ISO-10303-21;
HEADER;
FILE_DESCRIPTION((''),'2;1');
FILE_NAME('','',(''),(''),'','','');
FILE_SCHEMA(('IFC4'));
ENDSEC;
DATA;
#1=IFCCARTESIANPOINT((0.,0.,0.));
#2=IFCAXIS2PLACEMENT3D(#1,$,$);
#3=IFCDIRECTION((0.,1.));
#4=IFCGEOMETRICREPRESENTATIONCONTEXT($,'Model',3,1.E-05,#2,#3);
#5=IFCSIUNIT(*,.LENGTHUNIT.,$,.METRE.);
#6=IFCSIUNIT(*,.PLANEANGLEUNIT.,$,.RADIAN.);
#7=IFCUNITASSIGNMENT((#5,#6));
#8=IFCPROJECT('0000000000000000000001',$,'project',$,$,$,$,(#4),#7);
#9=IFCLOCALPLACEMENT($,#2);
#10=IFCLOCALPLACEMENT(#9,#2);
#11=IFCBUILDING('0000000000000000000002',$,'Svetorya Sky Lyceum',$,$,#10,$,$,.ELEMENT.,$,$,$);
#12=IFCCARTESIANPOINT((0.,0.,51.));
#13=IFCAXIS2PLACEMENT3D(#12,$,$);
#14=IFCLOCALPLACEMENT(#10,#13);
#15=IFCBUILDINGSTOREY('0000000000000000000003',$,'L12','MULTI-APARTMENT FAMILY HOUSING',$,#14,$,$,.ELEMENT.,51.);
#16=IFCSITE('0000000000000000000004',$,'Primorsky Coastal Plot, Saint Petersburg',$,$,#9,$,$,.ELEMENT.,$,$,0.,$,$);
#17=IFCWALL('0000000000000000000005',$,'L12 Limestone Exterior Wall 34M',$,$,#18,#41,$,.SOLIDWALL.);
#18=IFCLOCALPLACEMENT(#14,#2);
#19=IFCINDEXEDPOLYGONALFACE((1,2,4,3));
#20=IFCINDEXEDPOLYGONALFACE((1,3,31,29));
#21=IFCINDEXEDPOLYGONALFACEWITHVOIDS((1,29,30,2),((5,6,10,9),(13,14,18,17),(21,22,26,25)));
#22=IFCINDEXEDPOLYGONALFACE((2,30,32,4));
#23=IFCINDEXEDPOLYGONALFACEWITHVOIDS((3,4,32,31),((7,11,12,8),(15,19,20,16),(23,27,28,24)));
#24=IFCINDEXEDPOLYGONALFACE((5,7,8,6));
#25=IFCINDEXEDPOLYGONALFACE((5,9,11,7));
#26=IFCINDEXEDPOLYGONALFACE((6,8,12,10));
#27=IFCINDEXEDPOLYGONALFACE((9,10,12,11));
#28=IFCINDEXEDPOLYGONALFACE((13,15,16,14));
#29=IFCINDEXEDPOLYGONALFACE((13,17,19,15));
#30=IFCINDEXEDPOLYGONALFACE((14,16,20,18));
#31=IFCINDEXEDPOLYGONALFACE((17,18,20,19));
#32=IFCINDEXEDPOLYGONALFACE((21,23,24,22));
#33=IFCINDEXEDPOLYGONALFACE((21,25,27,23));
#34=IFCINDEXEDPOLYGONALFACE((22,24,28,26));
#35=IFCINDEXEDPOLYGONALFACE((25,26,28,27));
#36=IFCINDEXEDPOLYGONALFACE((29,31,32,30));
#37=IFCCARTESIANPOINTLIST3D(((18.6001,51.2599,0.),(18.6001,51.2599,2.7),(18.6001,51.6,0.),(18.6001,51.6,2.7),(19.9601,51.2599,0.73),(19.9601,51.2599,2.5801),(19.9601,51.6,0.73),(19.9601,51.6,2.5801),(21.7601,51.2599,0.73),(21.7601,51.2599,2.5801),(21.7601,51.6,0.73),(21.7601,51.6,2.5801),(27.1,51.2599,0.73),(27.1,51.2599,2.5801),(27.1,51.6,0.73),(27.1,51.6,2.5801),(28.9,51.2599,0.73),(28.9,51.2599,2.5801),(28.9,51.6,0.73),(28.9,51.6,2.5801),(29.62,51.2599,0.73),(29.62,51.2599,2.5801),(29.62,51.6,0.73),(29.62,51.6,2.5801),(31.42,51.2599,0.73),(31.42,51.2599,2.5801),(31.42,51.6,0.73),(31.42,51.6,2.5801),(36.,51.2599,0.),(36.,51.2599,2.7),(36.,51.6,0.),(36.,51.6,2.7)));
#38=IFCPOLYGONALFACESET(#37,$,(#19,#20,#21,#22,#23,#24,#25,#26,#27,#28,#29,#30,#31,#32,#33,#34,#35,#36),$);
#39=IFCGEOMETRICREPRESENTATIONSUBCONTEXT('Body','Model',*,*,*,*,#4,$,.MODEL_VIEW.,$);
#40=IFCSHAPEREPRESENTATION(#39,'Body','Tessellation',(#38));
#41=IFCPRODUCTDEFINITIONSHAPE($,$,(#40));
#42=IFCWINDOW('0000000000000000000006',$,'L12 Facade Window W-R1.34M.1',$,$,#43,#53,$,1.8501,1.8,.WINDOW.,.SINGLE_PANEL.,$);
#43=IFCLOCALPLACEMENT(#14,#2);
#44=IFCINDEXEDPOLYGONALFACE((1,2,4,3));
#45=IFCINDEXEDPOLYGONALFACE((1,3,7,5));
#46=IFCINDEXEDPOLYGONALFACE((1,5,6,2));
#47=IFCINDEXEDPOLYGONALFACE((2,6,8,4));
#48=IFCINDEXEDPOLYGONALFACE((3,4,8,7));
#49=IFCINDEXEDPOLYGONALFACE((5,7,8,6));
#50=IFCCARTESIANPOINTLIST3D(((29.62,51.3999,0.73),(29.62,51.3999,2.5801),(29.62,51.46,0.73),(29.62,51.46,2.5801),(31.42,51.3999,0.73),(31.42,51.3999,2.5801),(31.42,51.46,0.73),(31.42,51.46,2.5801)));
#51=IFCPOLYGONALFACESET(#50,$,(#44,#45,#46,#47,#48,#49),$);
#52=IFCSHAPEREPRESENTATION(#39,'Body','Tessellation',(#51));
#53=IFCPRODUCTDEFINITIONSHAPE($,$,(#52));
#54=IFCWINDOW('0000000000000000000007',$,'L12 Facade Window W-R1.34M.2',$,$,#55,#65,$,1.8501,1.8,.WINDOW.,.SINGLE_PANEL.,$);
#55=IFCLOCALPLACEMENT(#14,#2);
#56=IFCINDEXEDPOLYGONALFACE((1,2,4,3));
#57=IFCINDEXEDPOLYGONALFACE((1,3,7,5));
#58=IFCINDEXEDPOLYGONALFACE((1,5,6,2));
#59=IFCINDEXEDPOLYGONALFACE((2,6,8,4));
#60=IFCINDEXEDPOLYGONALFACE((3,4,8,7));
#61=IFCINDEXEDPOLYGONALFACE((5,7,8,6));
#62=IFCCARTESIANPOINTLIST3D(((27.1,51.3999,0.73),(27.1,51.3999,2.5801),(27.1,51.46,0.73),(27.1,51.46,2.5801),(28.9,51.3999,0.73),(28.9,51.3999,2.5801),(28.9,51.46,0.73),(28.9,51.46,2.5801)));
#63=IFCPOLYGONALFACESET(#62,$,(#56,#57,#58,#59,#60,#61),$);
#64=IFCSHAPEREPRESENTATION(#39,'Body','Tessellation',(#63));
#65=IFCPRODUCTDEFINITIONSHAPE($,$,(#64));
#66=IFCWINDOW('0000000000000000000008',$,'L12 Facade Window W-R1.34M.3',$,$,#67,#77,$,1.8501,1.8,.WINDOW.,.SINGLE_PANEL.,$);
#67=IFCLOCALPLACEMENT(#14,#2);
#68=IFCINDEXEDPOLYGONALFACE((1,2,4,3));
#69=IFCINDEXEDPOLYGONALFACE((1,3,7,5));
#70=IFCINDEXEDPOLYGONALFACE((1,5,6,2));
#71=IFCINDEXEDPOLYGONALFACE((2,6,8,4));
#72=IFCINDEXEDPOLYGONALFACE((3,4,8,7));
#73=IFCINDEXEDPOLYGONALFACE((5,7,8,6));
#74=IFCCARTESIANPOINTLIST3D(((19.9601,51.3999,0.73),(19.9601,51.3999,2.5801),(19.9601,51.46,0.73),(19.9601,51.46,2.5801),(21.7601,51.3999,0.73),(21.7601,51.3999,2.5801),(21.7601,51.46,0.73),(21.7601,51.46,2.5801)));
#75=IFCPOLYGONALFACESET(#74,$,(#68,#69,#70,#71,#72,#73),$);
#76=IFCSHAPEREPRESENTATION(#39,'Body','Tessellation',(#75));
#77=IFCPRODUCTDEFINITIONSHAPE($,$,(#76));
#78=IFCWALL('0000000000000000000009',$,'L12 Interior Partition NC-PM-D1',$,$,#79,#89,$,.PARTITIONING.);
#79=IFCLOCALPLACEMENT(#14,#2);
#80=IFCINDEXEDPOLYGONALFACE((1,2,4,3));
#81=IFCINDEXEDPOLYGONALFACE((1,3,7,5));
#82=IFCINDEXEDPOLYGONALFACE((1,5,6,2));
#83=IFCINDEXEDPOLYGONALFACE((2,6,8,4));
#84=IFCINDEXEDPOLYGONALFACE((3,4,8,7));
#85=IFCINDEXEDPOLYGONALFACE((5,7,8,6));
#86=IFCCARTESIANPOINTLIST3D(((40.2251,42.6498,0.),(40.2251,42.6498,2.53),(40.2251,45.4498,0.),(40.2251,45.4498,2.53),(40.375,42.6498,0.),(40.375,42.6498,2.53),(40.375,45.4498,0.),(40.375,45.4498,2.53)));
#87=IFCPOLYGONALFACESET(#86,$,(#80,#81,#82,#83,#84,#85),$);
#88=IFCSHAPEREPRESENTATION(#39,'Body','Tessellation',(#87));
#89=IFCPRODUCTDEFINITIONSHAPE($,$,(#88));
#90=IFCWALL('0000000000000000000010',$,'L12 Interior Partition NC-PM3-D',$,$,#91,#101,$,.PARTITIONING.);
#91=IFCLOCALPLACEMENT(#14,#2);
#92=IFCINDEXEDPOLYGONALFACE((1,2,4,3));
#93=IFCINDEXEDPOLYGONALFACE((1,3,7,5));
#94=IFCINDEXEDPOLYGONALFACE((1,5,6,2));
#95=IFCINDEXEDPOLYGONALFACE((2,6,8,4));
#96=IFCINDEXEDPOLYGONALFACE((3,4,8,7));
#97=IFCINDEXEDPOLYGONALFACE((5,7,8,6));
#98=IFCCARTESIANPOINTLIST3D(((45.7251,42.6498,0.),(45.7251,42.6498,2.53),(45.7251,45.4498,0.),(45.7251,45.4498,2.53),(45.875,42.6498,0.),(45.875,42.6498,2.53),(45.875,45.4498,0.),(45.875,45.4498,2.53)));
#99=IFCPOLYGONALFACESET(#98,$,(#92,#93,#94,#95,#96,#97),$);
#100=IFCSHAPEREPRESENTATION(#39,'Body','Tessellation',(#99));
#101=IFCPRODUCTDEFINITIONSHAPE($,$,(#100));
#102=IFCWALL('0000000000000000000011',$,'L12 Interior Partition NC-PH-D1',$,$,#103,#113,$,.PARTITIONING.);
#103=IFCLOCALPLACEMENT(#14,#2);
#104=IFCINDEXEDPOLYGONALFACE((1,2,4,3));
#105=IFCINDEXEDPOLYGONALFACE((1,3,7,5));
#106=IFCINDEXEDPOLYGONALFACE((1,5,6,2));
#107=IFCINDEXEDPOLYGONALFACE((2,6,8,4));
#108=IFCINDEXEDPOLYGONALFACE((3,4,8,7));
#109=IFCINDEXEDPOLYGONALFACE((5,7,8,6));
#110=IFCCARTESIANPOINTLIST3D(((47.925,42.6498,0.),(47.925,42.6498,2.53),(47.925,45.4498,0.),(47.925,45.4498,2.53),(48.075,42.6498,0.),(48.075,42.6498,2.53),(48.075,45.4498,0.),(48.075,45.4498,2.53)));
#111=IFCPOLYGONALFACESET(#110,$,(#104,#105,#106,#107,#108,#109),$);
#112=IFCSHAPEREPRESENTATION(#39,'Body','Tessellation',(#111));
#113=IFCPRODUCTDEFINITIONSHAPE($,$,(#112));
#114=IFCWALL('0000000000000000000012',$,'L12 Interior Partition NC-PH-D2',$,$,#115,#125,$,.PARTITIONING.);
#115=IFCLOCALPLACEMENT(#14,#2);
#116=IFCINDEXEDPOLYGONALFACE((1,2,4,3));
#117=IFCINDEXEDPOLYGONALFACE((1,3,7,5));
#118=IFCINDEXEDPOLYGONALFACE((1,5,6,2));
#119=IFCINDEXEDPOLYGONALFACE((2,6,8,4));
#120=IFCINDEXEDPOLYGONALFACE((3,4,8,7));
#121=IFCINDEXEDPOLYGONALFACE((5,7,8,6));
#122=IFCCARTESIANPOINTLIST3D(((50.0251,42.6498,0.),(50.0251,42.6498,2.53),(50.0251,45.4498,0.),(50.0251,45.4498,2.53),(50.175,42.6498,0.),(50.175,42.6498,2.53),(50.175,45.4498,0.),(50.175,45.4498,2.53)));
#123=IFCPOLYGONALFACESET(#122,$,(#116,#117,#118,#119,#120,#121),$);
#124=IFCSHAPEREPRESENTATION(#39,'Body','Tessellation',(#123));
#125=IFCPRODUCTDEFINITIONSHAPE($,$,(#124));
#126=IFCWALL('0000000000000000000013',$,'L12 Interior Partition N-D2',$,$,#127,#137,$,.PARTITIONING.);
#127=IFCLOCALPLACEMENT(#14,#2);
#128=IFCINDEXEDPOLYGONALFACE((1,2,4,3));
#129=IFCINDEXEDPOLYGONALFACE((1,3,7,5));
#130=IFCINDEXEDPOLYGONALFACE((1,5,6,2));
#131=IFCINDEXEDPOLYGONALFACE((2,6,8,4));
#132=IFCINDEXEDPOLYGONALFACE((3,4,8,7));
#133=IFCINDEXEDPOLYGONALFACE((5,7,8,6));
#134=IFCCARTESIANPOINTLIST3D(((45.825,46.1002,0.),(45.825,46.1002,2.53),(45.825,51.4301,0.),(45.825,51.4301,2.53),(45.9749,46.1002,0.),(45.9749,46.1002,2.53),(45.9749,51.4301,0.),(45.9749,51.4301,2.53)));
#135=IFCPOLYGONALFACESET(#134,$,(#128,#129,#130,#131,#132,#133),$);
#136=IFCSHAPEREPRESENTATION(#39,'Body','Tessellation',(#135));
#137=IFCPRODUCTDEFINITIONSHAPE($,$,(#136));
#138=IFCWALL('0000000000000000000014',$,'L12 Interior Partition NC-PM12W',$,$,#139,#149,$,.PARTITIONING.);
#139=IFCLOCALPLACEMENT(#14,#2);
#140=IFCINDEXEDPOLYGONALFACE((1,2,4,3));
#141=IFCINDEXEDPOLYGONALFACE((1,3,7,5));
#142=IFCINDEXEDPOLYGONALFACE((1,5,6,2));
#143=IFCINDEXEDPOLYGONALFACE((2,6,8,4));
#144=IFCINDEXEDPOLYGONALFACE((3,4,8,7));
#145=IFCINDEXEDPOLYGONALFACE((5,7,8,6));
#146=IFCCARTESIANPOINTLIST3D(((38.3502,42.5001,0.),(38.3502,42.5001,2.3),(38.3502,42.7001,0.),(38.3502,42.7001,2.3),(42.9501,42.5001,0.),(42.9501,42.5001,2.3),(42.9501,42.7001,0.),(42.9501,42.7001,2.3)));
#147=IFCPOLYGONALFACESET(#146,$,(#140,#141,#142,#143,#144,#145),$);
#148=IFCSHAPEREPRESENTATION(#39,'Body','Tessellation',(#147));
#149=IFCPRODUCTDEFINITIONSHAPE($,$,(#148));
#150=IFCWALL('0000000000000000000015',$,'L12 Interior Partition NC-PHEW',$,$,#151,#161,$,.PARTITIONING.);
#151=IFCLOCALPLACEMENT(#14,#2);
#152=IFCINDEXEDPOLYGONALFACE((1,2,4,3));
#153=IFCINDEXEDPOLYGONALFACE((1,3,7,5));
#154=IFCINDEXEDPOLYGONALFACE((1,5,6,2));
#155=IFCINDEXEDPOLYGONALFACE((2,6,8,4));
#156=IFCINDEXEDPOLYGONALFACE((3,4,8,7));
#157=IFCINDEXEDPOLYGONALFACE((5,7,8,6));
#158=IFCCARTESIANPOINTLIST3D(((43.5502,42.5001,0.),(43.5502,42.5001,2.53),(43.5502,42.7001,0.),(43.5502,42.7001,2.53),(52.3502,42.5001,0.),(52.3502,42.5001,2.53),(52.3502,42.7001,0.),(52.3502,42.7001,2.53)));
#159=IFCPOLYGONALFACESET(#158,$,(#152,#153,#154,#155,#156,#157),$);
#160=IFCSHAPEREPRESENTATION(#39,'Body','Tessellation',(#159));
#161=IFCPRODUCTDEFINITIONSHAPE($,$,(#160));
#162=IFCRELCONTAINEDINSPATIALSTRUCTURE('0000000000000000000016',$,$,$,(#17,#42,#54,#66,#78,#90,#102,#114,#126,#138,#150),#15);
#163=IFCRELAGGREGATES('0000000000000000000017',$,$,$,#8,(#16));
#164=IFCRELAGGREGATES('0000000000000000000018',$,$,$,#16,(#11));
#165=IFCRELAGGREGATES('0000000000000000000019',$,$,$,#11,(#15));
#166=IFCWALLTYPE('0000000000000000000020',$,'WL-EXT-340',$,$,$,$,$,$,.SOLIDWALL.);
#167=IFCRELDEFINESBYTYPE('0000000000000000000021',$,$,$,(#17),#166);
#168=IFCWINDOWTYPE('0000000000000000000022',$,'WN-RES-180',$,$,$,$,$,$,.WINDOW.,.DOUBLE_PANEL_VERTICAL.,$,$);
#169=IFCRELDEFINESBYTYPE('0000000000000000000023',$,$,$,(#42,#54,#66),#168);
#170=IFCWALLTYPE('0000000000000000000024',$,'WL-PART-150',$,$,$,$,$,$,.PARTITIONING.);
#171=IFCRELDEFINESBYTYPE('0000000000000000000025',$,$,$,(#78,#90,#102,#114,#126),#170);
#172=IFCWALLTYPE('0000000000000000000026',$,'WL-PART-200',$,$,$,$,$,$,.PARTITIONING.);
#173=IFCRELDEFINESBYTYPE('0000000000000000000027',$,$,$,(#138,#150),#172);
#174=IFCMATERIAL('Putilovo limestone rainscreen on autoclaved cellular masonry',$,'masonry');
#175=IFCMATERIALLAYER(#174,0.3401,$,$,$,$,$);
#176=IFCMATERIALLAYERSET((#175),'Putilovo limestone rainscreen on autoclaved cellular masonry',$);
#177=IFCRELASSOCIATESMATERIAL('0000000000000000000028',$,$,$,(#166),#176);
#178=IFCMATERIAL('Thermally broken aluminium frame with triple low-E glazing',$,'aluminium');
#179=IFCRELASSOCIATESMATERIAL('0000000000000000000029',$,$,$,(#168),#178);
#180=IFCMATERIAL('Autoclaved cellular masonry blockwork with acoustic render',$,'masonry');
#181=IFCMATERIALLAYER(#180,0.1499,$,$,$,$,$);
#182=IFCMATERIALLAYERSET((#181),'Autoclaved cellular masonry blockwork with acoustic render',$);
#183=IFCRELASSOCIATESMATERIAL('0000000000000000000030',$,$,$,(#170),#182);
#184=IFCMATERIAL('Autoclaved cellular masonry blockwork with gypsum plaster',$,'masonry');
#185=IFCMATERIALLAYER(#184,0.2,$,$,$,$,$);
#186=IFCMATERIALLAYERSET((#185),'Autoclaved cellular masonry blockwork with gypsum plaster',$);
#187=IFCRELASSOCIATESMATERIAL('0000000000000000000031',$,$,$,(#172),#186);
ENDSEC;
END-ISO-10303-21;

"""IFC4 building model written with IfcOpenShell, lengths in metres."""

from ifc_helpers import new_model, si_unit, direction, frame, frame_2d, origin, place, context, subcontext, project, spatial, rectangle, extrude, material, layer, layer_set, type_object, element, fill, save


model = new_model("IFC4")

# Units and contexts
model_context = context("Model", 3, precision=1e-05, world=origin(), true_north=direction((0.0, 1.0)))
body_context = subcontext(model_context, "Body", "Model", "MODEL_VIEW")
ifc_project = project(units=[si_unit("LENGTHUNIT", "METRE"), si_unit("PLANEANGLEUNIT", "RADIAN")], contexts=[model_context])

# Site, building, storey
site_placement = place(None, origin())
site = spatial("IfcSite", under=ifc_project, at=site_placement, Name="Primorsky Coastal Plot, Saint Petersburg", CompositionType="ELEMENT", RefElevation=0.0)
building_placement = place(site_placement, origin())
building = spatial("IfcBuilding", under=site, at=building_placement, Name="Svetorya Sky Lyceum", CompositionType="ELEMENT")
storey_placement = place(building_placement, frame((0.0, 0.0, 51.0)))
storey = spatial("IfcBuildingStorey", under=building, at=storey_placement, Name="L12", Description="MULTI-APARTMENT FAMILY HOUSING", CompositionType="ELEMENT", Elevation=51.0)

# Shared definitions
ifc_material_1 = material(Name="Putilovo limestone rainscreen on autoclaved cellular masonry", Category="masonry")
ifc_layer_1 = layer(ifc_material_1, 0.3401)
ifc_layer_set_1 = layer_set([ifc_layer_1], Name="Putilovo limestone rainscreen on autoclaved cellular masonry")
wall_type_1 = type_object("IfcWallType", Name="WL-EXT-340", PredefinedType="SOLIDWALL", material=ifc_layer_set_1)

# Wall, openings, windows
wall_1_placement = place(storey_placement, frame((36.0, 51.4299, 0.0), z_axis=(0.0, 0.0, 1.0), x_axis=(-1.0, 0.0, 0.0)))
wall_1 = element("IfcWall", 1, at=wall_1_placement, inside=storey, type_object=wall_type_1, Name="L12 Limestone Exterior Wall 34M", PredefinedType="SOLIDWALL", context=body_context, shape_type="SweptSolid", body=[
    extrude(rectangle(XDim=17.3999, YDim=0.3401, at=frame_2d((8.7, 0.0))), origin(), (0.0, 0.0, 1.0), 2.7),
])
opening_1_placement = place(wall_1_placement, frame((4.5801, 0.0, 0.73)))
opening_1 = element("IfcOpeningElement", 2, at=opening_1_placement, cuts=wall_1, PredefinedType="OPENING", context=body_context, shape_type="SweptSolid", body=[
    extrude(rectangle(XDim=1.8, YDim=1.8501, at=frame_2d((0.8999, 0.925))), frame((0.0, 0.1799, 0.0), z_axis=(0.0, -1.0, 0.0), x_axis=(1.0, 0.0, 0.0)), (0.0, 0.0, 1.0), 0.3601),
])
opening_2_placement = place(wall_1_placement, frame((7.1001, 0.0, 0.73)))
opening_2 = element("IfcOpeningElement", 3, at=opening_2_placement, cuts=wall_1, PredefinedType="OPENING", context=body_context, shape_type="SweptSolid", body=[
    extrude(rectangle(XDim=1.8, YDim=1.8501, at=frame_2d((0.8999, 0.925))), frame((0.0, 0.1799, 0.0), z_axis=(0.0, -1.0, 0.0), x_axis=(1.0, 0.0, 0.0)), (0.0, 0.0, 1.0), 0.3601),
])
opening_3_placement = place(wall_1_placement, frame((14.24, 0.0, 0.73)))
opening_3 = element("IfcOpeningElement", 4, at=opening_3_placement, cuts=wall_1, PredefinedType="OPENING", context=body_context, shape_type="SweptSolid", body=[
    extrude(rectangle(XDim=1.8, YDim=1.8501, at=frame_2d((0.8999, 0.925))), frame((0.0, 0.1799, 0.0), z_axis=(0.0, -1.0, 0.0), x_axis=(1.0, 0.0, 0.0)), (0.0, 0.0, 1.0), 0.3601),
])
ifc_material_2 = material(Name="Thermally broken aluminium frame with triple low-E glazing", Category="aluminium")
window_type = type_object("IfcWindowType", Name="WN-RES-180", PartitioningType="DOUBLE_PANEL_VERTICAL", PredefinedType="WINDOW", material=ifc_material_2)
window_1_placement = place(opening_1_placement, origin())
window_1 = element("IfcWindow", 5, at=window_1_placement, inside=storey, type_object=window_type, Name="L12 Facade Window W-R1.34M.1", OverallHeight=1.8501, OverallWidth=1.8, PartitioningType="SINGLE_PANEL", PredefinedType="WINDOW", context=body_context, shape_type="SweptSolid", body=[
    extrude(rectangle(XDim=1.8, YDim=1.8501, at=frame_2d((0.8999, 0.925))), frame((0.0, 0.03, 0.0), z_axis=(0.0, -1.0, 0.0), x_axis=(1.0, 0.0, 0.0)), (0.0, 0.0, 1.0), 0.0601),
])
fill(opening_1, window_1)
window_2_placement = place(opening_2_placement, origin())
window_2 = element("IfcWindow", 6, at=window_2_placement, inside=storey, type_object=window_type, Name="L12 Facade Window W-R1.34M.2", OverallHeight=1.8501, OverallWidth=1.8, PartitioningType="SINGLE_PANEL", PredefinedType="WINDOW", context=body_context, shape_type="SweptSolid", body=[
    extrude(rectangle(XDim=1.8, YDim=1.8501, at=frame_2d((0.8999, 0.925))), frame((0.0, 0.03, 0.0), z_axis=(0.0, -1.0, 0.0), x_axis=(1.0, 0.0, 0.0)), (0.0, 0.0, 1.0), 0.0601),
])
fill(opening_2, window_2)
window_3_placement = place(opening_3_placement, origin())
window_3 = element("IfcWindow", 7, at=window_3_placement, inside=storey, type_object=window_type, Name="L12 Facade Window W-R1.34M.3", OverallHeight=1.8501, OverallWidth=1.8, PartitioningType="SINGLE_PANEL", PredefinedType="WINDOW", context=body_context, shape_type="SweptSolid", body=[
    extrude(rectangle(XDim=1.8, YDim=1.8501, at=frame_2d((0.8999, 0.925))), frame((0.0, 0.03, 0.0), z_axis=(0.0, -1.0, 0.0), x_axis=(1.0, 0.0, 0.0)), (0.0, 0.0, 1.0), 0.0601),
])
fill(opening_3, window_3)

# Walls
ifc_material_3 = material(Name="Autoclaved cellular masonry blockwork with acoustic render", Category="masonry")
ifc_layer_2 = layer(ifc_material_3, 0.1499)
ifc_layer_set_2 = layer_set([ifc_layer_2], Name="Autoclaved cellular masonry blockwork with acoustic render")
wall_type_2 = type_object("IfcWallType", Name="WL-PART-150", PredefinedType="PARTITIONING", material=ifc_layer_set_2)
for number, where, z_axis, x_axis, name in (
    (8, (40.3, 42.6499, 0.0), (0.0, 0.0, 1.0), (0.0, 1.0, 0.0), "L12 Interior Partition NC-PM-D1"),
    (9, (45.8, 42.6499, 0.0), (0.0, 0.0, 1.0), (0.0, 1.0, 0.0), "L12 Interior Partition NC-PM3-D"),
    (10, (48.0, 42.6499, 0.0), (0.0, 0.0, 1.0), (0.0, 1.0, 0.0), "L12 Interior Partition NC-PH-D1"),
    (11, (50.1001, 42.6499, 0.0), (0.0, 0.0, 1.0), (0.0, 1.0, 0.0), "L12 Interior Partition NC-PH-D2"),
):
    element("IfcWall", number, at=place(storey_placement, frame(where, z_axis=z_axis, x_axis=x_axis)), inside=storey, type_object=wall_type_2, Name=name, PredefinedType="PARTITIONING", context=body_context, shape_type="SweptSolid", body=[
        extrude(rectangle(XDim=2.8, YDim=0.1499, at=frame_2d((1.3999, 0.0))), origin(), (0.0, 0.0, 1.0), 2.53),
    ])
wall_2_placement = place(storey_placement, frame((45.8999, 46.1001, 0.0), z_axis=(0.0, 0.0, 1.0), x_axis=(0.0, 1.0, 0.0)))
element("IfcWall", 12, at=wall_2_placement, inside=storey, type_object=wall_type_2, Name="L12 Interior Partition N-D2", PredefinedType="PARTITIONING", context=body_context, shape_type="SweptSolid", body=[
    extrude(rectangle(XDim=5.3298, YDim=0.1499, at=frame_2d((2.665, 0.0))), origin(), (0.0, 0.0, 1.0), 2.53),
])
ifc_material_4 = material(Name="Autoclaved cellular masonry blockwork with gypsum plaster", Category="masonry")
ifc_layer_3 = layer(ifc_material_4, 0.2)
ifc_layer_set_3 = layer_set([ifc_layer_3], Name="Autoclaved cellular masonry blockwork with gypsum plaster")
wall_type_3 = type_object("IfcWallType", Name="WL-PART-200", PredefinedType="PARTITIONING", material=ifc_layer_set_3)
wall_3_placement = place(storey_placement, frame((42.95, 42.6001, 0.0), z_axis=(0.0, 0.0, 1.0), x_axis=(-1.0, 0.0, 0.0)))
element("IfcWall", 13, at=wall_3_placement, inside=storey, type_object=wall_type_3, Name="L12 Interior Partition NC-PM12W", PredefinedType="PARTITIONING", context=body_context, shape_type="SweptSolid", body=[
    extrude(rectangle(XDim=4.5999, YDim=0.2, at=frame_2d((2.2998, 0.0))), origin(), (0.0, 0.0, 1.0), 2.3),
])
wall_4_placement = place(storey_placement, frame((52.3501, 42.6001, 0.0), z_axis=(0.0, 0.0, 1.0), x_axis=(-1.0, 0.0, 0.0)))
element("IfcWall", 14, at=wall_4_placement, inside=storey, type_object=wall_type_3, Name="L12 Interior Partition NC-PHEW", PredefinedType="PARTITIONING", context=body_context, shape_type="SweptSolid", body=[
    extrude(rectangle(XDim=8.8, YDim=0.2, at=frame_2d((4.3999, 0.0))), origin(), (0.0, 0.0, 1.0), 2.53),
])

save(model, "model.ifc")
